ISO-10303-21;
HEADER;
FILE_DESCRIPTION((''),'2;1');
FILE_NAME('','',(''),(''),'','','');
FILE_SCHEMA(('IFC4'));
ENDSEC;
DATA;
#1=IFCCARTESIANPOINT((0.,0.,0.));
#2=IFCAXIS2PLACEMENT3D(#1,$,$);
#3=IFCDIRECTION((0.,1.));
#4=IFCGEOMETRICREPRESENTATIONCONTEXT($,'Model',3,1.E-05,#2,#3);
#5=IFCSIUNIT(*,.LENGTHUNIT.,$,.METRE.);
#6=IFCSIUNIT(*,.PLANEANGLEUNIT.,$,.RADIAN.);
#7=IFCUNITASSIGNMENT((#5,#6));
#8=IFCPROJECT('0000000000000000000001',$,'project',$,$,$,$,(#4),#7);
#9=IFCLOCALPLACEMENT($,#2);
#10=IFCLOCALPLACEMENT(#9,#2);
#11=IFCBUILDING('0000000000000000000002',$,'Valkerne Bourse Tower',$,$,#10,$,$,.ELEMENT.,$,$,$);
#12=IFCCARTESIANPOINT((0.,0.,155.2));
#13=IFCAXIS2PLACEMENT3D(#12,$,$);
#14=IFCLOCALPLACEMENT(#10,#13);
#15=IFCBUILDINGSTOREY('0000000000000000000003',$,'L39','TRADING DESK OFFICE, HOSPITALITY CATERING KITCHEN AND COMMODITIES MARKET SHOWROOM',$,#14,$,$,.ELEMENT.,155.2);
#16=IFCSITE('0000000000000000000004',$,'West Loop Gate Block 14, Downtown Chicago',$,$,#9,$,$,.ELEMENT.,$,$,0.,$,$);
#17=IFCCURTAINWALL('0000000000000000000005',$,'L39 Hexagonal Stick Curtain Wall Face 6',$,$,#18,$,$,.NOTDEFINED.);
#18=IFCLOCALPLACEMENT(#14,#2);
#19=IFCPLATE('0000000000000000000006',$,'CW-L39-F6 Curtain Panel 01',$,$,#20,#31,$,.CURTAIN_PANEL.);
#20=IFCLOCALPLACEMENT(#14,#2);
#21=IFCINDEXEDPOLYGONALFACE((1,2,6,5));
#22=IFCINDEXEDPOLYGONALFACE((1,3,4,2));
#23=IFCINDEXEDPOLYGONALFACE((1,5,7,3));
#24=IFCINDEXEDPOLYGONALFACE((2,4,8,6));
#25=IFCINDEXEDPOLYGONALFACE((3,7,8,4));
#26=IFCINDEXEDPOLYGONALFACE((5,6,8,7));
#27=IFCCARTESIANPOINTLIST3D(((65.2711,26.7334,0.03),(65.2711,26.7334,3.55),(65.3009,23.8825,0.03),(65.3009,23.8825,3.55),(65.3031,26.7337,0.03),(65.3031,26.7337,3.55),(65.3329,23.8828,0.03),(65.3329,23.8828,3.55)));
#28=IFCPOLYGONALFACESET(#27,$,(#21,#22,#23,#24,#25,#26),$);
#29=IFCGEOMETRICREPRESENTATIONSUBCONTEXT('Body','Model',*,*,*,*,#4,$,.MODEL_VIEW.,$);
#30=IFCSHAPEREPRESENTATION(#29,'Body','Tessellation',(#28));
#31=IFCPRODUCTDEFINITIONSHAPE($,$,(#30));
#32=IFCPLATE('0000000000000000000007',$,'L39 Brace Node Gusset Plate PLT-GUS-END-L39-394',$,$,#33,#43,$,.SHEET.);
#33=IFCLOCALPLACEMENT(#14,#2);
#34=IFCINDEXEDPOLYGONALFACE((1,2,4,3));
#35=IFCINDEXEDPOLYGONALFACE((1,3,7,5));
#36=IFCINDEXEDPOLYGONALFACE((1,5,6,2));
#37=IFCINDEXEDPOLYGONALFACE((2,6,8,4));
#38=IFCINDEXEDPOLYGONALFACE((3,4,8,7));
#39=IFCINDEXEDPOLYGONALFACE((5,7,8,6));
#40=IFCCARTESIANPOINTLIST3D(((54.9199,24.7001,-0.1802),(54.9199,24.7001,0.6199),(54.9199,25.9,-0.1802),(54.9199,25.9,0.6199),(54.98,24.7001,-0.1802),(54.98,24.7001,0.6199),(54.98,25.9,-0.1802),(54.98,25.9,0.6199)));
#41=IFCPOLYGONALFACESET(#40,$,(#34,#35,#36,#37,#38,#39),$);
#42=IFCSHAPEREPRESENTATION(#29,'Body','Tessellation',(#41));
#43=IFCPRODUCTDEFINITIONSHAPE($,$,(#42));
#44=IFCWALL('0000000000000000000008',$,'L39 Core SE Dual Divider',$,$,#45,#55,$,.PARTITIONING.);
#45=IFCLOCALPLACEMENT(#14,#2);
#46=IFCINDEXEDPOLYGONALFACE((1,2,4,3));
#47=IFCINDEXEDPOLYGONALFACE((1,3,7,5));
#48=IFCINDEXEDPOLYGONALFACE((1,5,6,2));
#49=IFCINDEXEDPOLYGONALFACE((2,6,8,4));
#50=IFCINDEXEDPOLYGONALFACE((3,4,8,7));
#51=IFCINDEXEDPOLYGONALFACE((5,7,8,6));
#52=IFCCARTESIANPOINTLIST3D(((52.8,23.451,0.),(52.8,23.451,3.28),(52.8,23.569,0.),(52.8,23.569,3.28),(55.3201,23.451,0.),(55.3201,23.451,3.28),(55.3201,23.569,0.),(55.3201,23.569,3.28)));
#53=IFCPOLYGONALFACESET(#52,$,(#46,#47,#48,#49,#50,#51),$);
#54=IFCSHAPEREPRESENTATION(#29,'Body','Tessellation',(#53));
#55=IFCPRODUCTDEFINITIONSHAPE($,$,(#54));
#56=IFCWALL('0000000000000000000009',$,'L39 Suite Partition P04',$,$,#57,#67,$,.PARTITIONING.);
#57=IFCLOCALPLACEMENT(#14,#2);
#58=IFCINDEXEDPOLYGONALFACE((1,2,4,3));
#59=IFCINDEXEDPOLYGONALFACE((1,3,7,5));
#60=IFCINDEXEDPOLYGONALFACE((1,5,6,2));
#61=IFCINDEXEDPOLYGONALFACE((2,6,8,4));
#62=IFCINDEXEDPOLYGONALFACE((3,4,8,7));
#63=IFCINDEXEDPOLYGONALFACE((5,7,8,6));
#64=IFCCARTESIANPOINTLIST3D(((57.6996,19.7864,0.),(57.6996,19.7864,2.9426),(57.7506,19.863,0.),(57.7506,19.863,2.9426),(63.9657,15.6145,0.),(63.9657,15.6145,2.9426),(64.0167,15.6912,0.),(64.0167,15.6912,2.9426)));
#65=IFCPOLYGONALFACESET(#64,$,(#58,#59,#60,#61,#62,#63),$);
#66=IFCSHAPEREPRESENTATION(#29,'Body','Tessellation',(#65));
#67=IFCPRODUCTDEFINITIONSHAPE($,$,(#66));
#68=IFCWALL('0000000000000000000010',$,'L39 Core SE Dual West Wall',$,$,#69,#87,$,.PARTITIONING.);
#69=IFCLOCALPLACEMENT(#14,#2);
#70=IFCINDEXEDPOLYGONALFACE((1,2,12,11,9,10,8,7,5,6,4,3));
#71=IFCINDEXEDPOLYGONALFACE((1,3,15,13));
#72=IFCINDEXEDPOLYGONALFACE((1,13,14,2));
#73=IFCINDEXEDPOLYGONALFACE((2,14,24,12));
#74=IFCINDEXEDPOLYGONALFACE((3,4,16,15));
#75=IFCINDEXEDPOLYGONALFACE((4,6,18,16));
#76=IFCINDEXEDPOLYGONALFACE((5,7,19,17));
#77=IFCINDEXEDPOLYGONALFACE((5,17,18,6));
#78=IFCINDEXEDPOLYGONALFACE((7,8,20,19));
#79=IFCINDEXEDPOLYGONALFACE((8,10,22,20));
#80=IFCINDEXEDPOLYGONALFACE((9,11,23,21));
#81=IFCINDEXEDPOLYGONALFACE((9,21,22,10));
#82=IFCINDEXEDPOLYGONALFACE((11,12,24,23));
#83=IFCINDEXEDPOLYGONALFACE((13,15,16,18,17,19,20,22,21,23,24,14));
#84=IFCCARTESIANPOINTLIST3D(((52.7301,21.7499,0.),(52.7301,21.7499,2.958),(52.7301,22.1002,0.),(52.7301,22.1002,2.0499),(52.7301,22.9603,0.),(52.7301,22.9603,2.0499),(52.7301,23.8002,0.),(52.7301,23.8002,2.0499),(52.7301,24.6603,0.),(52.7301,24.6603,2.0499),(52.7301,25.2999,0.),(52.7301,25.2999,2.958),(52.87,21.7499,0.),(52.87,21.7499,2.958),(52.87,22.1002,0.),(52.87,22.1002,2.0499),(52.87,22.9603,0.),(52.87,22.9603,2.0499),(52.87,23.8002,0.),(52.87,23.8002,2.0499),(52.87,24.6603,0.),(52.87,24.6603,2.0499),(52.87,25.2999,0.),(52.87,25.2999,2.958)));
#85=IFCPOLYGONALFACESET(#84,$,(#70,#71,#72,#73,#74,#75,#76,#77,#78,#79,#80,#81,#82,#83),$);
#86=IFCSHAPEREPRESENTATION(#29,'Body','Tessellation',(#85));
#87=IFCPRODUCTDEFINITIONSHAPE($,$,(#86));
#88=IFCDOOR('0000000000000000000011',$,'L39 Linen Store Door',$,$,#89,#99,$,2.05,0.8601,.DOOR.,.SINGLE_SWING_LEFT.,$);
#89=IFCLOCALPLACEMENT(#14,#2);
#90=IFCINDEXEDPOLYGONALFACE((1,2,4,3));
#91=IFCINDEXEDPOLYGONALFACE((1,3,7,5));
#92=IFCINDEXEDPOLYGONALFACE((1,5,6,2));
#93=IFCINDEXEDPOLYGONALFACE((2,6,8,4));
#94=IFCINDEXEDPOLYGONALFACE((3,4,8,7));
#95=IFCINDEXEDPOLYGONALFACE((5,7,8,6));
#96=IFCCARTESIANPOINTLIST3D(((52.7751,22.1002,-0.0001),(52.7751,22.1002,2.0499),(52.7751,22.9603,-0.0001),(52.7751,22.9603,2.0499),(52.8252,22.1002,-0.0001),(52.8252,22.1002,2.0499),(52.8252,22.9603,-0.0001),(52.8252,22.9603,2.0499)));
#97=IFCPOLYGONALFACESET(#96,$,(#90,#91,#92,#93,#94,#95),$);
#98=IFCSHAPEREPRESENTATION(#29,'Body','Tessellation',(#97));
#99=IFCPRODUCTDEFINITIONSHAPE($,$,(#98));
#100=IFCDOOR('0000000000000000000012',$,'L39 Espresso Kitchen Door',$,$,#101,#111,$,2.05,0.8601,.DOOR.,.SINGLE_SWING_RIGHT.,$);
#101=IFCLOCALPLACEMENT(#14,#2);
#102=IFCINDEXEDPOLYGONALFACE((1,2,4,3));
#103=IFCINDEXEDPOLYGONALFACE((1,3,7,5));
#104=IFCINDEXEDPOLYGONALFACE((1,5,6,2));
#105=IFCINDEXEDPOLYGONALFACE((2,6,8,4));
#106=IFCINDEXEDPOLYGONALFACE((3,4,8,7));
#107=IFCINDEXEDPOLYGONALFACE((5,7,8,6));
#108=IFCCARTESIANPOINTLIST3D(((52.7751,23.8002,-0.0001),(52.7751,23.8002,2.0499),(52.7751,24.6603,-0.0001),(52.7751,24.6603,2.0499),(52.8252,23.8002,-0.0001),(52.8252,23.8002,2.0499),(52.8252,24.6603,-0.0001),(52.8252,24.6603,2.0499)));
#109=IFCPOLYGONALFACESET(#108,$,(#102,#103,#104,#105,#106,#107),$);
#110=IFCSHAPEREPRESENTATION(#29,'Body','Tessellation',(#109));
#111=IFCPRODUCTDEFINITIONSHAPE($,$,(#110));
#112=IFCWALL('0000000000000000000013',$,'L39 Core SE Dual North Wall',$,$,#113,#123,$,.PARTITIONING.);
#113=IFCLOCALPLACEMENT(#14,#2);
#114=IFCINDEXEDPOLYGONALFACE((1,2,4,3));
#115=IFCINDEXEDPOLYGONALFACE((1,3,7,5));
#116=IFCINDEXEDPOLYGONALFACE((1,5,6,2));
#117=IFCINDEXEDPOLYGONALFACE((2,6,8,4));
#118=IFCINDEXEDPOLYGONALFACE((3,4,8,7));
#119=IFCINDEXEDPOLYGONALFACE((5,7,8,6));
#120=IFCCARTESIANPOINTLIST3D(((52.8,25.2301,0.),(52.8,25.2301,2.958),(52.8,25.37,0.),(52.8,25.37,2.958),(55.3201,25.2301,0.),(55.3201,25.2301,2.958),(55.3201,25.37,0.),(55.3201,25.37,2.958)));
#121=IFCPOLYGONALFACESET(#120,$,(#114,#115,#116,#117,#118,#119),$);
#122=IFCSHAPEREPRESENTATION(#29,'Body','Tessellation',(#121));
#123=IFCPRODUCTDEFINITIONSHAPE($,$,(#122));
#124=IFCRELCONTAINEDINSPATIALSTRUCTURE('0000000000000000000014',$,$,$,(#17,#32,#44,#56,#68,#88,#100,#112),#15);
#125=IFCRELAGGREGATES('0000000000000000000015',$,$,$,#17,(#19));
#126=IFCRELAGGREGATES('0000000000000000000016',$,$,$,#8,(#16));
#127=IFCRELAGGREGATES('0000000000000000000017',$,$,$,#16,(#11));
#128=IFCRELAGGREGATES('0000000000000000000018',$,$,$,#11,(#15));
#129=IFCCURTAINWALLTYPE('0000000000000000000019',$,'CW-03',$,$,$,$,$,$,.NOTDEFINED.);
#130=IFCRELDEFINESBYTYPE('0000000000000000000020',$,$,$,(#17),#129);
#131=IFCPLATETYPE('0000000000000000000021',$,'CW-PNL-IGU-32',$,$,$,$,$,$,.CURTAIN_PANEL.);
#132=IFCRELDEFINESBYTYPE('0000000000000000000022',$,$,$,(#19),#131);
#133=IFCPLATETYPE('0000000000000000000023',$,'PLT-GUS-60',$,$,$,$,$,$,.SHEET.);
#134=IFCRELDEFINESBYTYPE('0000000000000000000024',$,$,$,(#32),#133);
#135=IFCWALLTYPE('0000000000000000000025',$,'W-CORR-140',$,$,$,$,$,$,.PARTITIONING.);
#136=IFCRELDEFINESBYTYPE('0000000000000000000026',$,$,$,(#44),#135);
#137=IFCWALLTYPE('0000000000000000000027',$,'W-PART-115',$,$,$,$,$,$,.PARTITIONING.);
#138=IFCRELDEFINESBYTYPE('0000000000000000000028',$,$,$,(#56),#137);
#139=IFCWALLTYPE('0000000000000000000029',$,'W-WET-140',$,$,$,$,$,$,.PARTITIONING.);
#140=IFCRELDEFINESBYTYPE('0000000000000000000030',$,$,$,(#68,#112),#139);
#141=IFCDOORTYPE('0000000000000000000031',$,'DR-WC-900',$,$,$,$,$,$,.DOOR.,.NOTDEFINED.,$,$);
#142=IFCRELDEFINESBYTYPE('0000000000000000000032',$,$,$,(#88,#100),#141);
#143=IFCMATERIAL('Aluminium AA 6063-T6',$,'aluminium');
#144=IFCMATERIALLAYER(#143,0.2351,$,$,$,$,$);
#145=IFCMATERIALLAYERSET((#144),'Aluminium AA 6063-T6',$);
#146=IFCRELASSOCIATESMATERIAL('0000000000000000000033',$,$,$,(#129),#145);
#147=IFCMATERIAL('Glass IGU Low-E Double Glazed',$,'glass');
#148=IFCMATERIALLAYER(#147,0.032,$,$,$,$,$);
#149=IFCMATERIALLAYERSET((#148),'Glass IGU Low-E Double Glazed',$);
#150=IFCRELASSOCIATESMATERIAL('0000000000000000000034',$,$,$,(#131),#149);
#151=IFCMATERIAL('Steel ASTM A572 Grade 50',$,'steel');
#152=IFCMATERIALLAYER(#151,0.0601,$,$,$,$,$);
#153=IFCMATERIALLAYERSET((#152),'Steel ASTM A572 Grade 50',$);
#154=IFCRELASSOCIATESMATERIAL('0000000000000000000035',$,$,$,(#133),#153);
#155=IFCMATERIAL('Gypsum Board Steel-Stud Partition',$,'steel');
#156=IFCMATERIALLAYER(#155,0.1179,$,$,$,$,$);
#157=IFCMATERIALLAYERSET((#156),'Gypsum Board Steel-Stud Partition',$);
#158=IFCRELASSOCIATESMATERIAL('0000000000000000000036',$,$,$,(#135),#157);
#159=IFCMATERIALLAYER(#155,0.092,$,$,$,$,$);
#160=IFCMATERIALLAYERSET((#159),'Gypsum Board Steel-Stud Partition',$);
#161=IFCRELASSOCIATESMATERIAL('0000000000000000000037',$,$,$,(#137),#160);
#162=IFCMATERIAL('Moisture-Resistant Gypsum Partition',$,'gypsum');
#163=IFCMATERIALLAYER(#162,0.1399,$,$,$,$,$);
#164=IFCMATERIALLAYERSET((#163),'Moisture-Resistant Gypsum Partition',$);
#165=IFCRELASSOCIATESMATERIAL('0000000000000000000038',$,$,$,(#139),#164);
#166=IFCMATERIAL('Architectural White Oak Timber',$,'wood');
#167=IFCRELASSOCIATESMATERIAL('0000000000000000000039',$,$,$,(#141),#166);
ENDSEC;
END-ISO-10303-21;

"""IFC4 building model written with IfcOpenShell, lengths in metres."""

from ifc_helpers import new_model, si_unit, direction, frame, frame_2d, origin, origin_2d, place, context, subcontext, project, spatial, rectangle, extrude, material, layer, layer_set, type_object, element, fill, aggregate, save


model = new_model("IFC4")

# Units and contexts
model_context = context("Model", 3, precision=1e-05, world=origin(), true_north=direction((0.0, 1.0)))
body_context = subcontext(model_context, "Body", "Model", "MODEL_VIEW")
ifc_project = project(units=[si_unit("LENGTHUNIT", "METRE"), si_unit("PLANEANGLEUNIT", "RADIAN")], contexts=[model_context])

# Site, building, storey
site_placement = place(None, origin())
site = spatial("IfcSite", under=ifc_project, at=site_placement, Name="West Loop Gate Block 14, Downtown Chicago", CompositionType="ELEMENT", RefElevation=0.0)
building_placement = place(site_placement, origin())
building = spatial("IfcBuilding", under=site, at=building_placement, Name="Valkerne Bourse Tower", CompositionType="ELEMENT")
storey_placement = place(building_placement, frame((0.0, 0.0, 155.2)))
storey = spatial("IfcBuildingStorey", under=building, at=storey_placement, Name="L39", Description="TRADING DESK OFFICE, HOSPITALITY CATERING KITCHEN AND COMMODITIES MARKET SHOWROOM", CompositionType="ELEMENT", Elevation=155.2)

# Curtain wall
ifc_material_1 = material(Name="Aluminium AA 6063-T6", Category="aluminium")
ifc_layer_1 = layer(ifc_material_1, 0.2351)
ifc_layer_set_1 = layer_set([ifc_layer_1], Name="Aluminium AA 6063-T6")
curtain_wall_type = type_object("IfcCurtainWallType", Name="CW-03", PredefinedType="NOTDEFINED", material=ifc_layer_set_1)
curtain_wall_placement = place(storey_placement, origin())
curtain_wall = element("IfcCurtainWall", 1, at=curtain_wall_placement, inside=storey, type_object=curtain_wall_type, Name="L39 Hexagonal Stick Curtain Wall Face 6", PredefinedType="NOTDEFINED")

# Plates
ifc_material_2 = material(Name="Glass IGU Low-E Double Glazed", Category="glass")
ifc_layer_2 = layer(ifc_material_2, 0.032)
ifc_layer_set_2 = layer_set([ifc_layer_2], Name="Glass IGU Low-E Double Glazed")
plate_type_1 = type_object("IfcPlateType", Name="CW-PNL-IGU-32", PredefinedType="CURTAIN_PANEL", material=ifc_layer_set_2)
plate_1_placement = place(storey_placement, frame((65.302, 25.3081, 0.03), z_axis=(0.0, 0.0, 1.0), x_axis=(-0.010475, 0.999945, 0.0)))
plate_1 = element("IfcPlate", 2, at=plate_1_placement, type_object=plate_type_1, Name="CW-L39-F6 Curtain Panel 01", PredefinedType="CURTAIN_PANEL", context=body_context, shape_type="SweptSolid", body=[
    extrude(rectangle(XDim=2.8511, YDim=0.032, at=origin_2d()), origin(), (0.0, 0.0, 1.0), 3.52),
])
aggregate(curtain_wall, [plate_1])
ifc_material_3 = material(Name="Steel ASTM A572 Grade 50", Category="steel")
ifc_layer_3 = layer(ifc_material_3, 0.0601)
ifc_layer_set_3 = layer_set([ifc_layer_3], Name="Steel ASTM A572 Grade 50")
plate_type_2 = type_object("IfcPlateType", Name="PLT-GUS-60", PredefinedType="SHEET", material=ifc_layer_set_3)
plate_2_placement = place(storey_placement, frame((54.95, 25.3, -0.1802), z_axis=(0.0, 0.0, 1.0), x_axis=(0.0, 1.0, 0.0)))
element("IfcPlate", 3, at=plate_2_placement, inside=storey, type_object=plate_type_2, Name="L39 Brace Node Gusset Plate PLT-GUS-END-L39-394", PredefinedType="SHEET", context=body_context, shape_type="SweptSolid", body=[
    extrude(rectangle(XDim=1.2, YDim=0.0601, at=origin_2d()), origin(), (0.0, 0.0, 1.0), 0.8),
])

# Walls
ifc_material_4 = material(Name="Gypsum Board Steel-Stud Partition", Category="steel")
ifc_layer_4 = layer(ifc_material_4, 0.1179)
ifc_layer_set_4 = layer_set([ifc_layer_4], Name="Gypsum Board Steel-Stud Partition")
wall_type_1 = type_object("IfcWallType", Name="W-CORR-140", PredefinedType="PARTITIONING", material=ifc_layer_set_4)
wall_1_placement = place(storey_placement, frame((52.8, 23.51, 0.0), z_axis=(0.0, 0.0, 1.0), x_axis=(1.0, 0.0, 0.0)))
element("IfcWall", 4, at=wall_1_placement, inside=storey, type_object=wall_type_1, Name="L39 Core SE Dual Divider", PredefinedType="PARTITIONING", context=body_context, shape_type="SweptSolid", body=[
    extrude(rectangle(XDim=2.52, YDim=0.1179, at=frame_2d((1.26, 0.0))), origin(), (0.0, 0.0, 1.0), 3.28),
])
ifc_layer_5 = layer(ifc_material_4, 0.092)
ifc_layer_set_5 = layer_set([ifc_layer_5], Name="Gypsum Board Steel-Stud Partition")
wall_type_2 = type_object("IfcWallType", Name="W-PART-115", PredefinedType="PARTITIONING", material=ifc_layer_set_5)
wall_2_placement = place(storey_placement, frame((57.7251, 19.8247, 0.0), z_axis=(0.0, 0.0, 1.0), x_axis=(0.832389, -0.554191, 0.0)))
element("IfcWall", 5, at=wall_2_placement, inside=storey, type_object=wall_type_2, Name="L39 Suite Partition P04", PredefinedType="PARTITIONING", context=body_context, shape_type="SweptSolid", body=[
    extrude(rectangle(XDim=7.5278, YDim=0.092, at=frame_2d((3.7639, 0.0))), origin(), (0.0, 0.0, 1.0), 2.9426),
])

# Wall, openings, doors
ifc_material_5 = material(Name="Moisture-Resistant Gypsum Partition", Category="gypsum")
ifc_layer_6 = layer(ifc_material_5, 0.1399)
ifc_layer_set_6 = layer_set([ifc_layer_6], Name="Moisture-Resistant Gypsum Partition")
wall_type_3 = type_object("IfcWallType", Name="W-WET-140", PredefinedType="PARTITIONING", material=ifc_layer_set_6)
wall_3_placement = place(storey_placement, frame((52.8, 21.75, 0.0), z_axis=(0.0, 0.0, 1.0), x_axis=(0.0, 1.0, 0.0)))
wall_3 = element("IfcWall", 6, at=wall_3_placement, inside=storey, type_object=wall_type_3, Name="L39 Core SE Dual West Wall", PredefinedType="PARTITIONING", context=body_context, shape_type="SweptSolid", body=[
    extrude(rectangle(XDim=3.55, YDim=0.1399, at=frame_2d((1.7749, 0.0))), origin(), (0.0, 0.0, 1.0), 2.958),
])
opening_1_placement = place(wall_3_placement, frame((0.3501, 0.0, 0.0)))
opening_1 = element("IfcOpeningElement", 7, at=opening_1_placement, cuts=wall_3, PredefinedType="OPENING", context=body_context, shape_type="SweptSolid", body=[
    extrude(rectangle(XDim=0.8601, YDim=2.05, at=frame_2d((0.4302, 1.0249))), frame((0.0, 0.0798, 0.0), z_axis=(0.0, -1.0, 0.0), x_axis=(1.0, 0.0, 0.0)), (0.0, 0.0, 1.0), 0.1599),
])
opening_2_placement = place(wall_3_placement, frame((2.05, 0.0, 0.0)))
opening_2 = element("IfcOpeningElement", 8, at=opening_2_placement, cuts=wall_3, PredefinedType="OPENING", context=body_context, shape_type="SweptSolid", body=[
    extrude(rectangle(XDim=0.8601, YDim=2.05, at=frame_2d((0.4302, 1.0249))), frame((0.0, 0.0798, 0.0), z_axis=(0.0, -1.0, 0.0), x_axis=(1.0, 0.0, 0.0)), (0.0, 0.0, 1.0), 0.1599),
])
ifc_material_6 = material(Name="Architectural White Oak Timber", Category="wood")
door_type = type_object("IfcDoorType", Name="DR-WC-900", OperationType="NOTDEFINED", PredefinedType="DOOR", material=ifc_material_6)
door_1_placement = place(opening_1_placement, origin())
door_1 = element("IfcDoor", 9, at=door_1_placement, inside=storey, type_object=door_type, Name="L39 Linen Store Door", OperationType="SINGLE_SWING_LEFT", OverallHeight=2.05, OverallWidth=0.8601, PredefinedType="DOOR", context=body_context, shape_type="SweptSolid", body=[
    extrude(rectangle(XDim=0.8601, YDim=2.05, at=frame_2d((0.4302, 1.0249))), frame((0.0, 0.0249, 0.0), z_axis=(0.0, -1.0, 0.0), x_axis=(1.0, 0.0, 0.0)), (0.0, 0.0, 1.0), 0.05),
])
fill(opening_1, door_1)
door_2_placement = place(opening_2_placement, origin())
door_2 = element("IfcDoor", 10, at=door_2_placement, inside=storey, type_object=door_type, Name="L39 Espresso Kitchen Door", OperationType="SINGLE_SWING_RIGHT", OverallHeight=2.05, OverallWidth=0.8601, PredefinedType="DOOR", context=body_context, shape_type="SweptSolid", body=[
    extrude(rectangle(XDim=0.8601, YDim=2.05, at=frame_2d((0.4302, 1.0249))), frame((0.0, 0.0249, 0.0), z_axis=(0.0, -1.0, 0.0), x_axis=(1.0, 0.0, 0.0)), (0.0, 0.0, 1.0), 0.05),
])
fill(opening_2, door_2)

# Wall
wall_4_placement = place(storey_placement, frame((52.8, 25.3, 0.0), z_axis=(0.0, 0.0, 1.0), x_axis=(1.0, 0.0, 0.0)))
element("IfcWall", 11, at=wall_4_placement, inside=storey, type_object=wall_type_3, Name="L39 Core SE Dual North Wall", PredefinedType="PARTITIONING", context=body_context, shape_type="SweptSolid", body=[
    extrude(rectangle(XDim=2.52, YDim=0.1399, at=frame_2d((1.26, 0.0))), origin(), (0.0, 0.0, 1.0), 2.958),
])

save(model, "model.ifc")
